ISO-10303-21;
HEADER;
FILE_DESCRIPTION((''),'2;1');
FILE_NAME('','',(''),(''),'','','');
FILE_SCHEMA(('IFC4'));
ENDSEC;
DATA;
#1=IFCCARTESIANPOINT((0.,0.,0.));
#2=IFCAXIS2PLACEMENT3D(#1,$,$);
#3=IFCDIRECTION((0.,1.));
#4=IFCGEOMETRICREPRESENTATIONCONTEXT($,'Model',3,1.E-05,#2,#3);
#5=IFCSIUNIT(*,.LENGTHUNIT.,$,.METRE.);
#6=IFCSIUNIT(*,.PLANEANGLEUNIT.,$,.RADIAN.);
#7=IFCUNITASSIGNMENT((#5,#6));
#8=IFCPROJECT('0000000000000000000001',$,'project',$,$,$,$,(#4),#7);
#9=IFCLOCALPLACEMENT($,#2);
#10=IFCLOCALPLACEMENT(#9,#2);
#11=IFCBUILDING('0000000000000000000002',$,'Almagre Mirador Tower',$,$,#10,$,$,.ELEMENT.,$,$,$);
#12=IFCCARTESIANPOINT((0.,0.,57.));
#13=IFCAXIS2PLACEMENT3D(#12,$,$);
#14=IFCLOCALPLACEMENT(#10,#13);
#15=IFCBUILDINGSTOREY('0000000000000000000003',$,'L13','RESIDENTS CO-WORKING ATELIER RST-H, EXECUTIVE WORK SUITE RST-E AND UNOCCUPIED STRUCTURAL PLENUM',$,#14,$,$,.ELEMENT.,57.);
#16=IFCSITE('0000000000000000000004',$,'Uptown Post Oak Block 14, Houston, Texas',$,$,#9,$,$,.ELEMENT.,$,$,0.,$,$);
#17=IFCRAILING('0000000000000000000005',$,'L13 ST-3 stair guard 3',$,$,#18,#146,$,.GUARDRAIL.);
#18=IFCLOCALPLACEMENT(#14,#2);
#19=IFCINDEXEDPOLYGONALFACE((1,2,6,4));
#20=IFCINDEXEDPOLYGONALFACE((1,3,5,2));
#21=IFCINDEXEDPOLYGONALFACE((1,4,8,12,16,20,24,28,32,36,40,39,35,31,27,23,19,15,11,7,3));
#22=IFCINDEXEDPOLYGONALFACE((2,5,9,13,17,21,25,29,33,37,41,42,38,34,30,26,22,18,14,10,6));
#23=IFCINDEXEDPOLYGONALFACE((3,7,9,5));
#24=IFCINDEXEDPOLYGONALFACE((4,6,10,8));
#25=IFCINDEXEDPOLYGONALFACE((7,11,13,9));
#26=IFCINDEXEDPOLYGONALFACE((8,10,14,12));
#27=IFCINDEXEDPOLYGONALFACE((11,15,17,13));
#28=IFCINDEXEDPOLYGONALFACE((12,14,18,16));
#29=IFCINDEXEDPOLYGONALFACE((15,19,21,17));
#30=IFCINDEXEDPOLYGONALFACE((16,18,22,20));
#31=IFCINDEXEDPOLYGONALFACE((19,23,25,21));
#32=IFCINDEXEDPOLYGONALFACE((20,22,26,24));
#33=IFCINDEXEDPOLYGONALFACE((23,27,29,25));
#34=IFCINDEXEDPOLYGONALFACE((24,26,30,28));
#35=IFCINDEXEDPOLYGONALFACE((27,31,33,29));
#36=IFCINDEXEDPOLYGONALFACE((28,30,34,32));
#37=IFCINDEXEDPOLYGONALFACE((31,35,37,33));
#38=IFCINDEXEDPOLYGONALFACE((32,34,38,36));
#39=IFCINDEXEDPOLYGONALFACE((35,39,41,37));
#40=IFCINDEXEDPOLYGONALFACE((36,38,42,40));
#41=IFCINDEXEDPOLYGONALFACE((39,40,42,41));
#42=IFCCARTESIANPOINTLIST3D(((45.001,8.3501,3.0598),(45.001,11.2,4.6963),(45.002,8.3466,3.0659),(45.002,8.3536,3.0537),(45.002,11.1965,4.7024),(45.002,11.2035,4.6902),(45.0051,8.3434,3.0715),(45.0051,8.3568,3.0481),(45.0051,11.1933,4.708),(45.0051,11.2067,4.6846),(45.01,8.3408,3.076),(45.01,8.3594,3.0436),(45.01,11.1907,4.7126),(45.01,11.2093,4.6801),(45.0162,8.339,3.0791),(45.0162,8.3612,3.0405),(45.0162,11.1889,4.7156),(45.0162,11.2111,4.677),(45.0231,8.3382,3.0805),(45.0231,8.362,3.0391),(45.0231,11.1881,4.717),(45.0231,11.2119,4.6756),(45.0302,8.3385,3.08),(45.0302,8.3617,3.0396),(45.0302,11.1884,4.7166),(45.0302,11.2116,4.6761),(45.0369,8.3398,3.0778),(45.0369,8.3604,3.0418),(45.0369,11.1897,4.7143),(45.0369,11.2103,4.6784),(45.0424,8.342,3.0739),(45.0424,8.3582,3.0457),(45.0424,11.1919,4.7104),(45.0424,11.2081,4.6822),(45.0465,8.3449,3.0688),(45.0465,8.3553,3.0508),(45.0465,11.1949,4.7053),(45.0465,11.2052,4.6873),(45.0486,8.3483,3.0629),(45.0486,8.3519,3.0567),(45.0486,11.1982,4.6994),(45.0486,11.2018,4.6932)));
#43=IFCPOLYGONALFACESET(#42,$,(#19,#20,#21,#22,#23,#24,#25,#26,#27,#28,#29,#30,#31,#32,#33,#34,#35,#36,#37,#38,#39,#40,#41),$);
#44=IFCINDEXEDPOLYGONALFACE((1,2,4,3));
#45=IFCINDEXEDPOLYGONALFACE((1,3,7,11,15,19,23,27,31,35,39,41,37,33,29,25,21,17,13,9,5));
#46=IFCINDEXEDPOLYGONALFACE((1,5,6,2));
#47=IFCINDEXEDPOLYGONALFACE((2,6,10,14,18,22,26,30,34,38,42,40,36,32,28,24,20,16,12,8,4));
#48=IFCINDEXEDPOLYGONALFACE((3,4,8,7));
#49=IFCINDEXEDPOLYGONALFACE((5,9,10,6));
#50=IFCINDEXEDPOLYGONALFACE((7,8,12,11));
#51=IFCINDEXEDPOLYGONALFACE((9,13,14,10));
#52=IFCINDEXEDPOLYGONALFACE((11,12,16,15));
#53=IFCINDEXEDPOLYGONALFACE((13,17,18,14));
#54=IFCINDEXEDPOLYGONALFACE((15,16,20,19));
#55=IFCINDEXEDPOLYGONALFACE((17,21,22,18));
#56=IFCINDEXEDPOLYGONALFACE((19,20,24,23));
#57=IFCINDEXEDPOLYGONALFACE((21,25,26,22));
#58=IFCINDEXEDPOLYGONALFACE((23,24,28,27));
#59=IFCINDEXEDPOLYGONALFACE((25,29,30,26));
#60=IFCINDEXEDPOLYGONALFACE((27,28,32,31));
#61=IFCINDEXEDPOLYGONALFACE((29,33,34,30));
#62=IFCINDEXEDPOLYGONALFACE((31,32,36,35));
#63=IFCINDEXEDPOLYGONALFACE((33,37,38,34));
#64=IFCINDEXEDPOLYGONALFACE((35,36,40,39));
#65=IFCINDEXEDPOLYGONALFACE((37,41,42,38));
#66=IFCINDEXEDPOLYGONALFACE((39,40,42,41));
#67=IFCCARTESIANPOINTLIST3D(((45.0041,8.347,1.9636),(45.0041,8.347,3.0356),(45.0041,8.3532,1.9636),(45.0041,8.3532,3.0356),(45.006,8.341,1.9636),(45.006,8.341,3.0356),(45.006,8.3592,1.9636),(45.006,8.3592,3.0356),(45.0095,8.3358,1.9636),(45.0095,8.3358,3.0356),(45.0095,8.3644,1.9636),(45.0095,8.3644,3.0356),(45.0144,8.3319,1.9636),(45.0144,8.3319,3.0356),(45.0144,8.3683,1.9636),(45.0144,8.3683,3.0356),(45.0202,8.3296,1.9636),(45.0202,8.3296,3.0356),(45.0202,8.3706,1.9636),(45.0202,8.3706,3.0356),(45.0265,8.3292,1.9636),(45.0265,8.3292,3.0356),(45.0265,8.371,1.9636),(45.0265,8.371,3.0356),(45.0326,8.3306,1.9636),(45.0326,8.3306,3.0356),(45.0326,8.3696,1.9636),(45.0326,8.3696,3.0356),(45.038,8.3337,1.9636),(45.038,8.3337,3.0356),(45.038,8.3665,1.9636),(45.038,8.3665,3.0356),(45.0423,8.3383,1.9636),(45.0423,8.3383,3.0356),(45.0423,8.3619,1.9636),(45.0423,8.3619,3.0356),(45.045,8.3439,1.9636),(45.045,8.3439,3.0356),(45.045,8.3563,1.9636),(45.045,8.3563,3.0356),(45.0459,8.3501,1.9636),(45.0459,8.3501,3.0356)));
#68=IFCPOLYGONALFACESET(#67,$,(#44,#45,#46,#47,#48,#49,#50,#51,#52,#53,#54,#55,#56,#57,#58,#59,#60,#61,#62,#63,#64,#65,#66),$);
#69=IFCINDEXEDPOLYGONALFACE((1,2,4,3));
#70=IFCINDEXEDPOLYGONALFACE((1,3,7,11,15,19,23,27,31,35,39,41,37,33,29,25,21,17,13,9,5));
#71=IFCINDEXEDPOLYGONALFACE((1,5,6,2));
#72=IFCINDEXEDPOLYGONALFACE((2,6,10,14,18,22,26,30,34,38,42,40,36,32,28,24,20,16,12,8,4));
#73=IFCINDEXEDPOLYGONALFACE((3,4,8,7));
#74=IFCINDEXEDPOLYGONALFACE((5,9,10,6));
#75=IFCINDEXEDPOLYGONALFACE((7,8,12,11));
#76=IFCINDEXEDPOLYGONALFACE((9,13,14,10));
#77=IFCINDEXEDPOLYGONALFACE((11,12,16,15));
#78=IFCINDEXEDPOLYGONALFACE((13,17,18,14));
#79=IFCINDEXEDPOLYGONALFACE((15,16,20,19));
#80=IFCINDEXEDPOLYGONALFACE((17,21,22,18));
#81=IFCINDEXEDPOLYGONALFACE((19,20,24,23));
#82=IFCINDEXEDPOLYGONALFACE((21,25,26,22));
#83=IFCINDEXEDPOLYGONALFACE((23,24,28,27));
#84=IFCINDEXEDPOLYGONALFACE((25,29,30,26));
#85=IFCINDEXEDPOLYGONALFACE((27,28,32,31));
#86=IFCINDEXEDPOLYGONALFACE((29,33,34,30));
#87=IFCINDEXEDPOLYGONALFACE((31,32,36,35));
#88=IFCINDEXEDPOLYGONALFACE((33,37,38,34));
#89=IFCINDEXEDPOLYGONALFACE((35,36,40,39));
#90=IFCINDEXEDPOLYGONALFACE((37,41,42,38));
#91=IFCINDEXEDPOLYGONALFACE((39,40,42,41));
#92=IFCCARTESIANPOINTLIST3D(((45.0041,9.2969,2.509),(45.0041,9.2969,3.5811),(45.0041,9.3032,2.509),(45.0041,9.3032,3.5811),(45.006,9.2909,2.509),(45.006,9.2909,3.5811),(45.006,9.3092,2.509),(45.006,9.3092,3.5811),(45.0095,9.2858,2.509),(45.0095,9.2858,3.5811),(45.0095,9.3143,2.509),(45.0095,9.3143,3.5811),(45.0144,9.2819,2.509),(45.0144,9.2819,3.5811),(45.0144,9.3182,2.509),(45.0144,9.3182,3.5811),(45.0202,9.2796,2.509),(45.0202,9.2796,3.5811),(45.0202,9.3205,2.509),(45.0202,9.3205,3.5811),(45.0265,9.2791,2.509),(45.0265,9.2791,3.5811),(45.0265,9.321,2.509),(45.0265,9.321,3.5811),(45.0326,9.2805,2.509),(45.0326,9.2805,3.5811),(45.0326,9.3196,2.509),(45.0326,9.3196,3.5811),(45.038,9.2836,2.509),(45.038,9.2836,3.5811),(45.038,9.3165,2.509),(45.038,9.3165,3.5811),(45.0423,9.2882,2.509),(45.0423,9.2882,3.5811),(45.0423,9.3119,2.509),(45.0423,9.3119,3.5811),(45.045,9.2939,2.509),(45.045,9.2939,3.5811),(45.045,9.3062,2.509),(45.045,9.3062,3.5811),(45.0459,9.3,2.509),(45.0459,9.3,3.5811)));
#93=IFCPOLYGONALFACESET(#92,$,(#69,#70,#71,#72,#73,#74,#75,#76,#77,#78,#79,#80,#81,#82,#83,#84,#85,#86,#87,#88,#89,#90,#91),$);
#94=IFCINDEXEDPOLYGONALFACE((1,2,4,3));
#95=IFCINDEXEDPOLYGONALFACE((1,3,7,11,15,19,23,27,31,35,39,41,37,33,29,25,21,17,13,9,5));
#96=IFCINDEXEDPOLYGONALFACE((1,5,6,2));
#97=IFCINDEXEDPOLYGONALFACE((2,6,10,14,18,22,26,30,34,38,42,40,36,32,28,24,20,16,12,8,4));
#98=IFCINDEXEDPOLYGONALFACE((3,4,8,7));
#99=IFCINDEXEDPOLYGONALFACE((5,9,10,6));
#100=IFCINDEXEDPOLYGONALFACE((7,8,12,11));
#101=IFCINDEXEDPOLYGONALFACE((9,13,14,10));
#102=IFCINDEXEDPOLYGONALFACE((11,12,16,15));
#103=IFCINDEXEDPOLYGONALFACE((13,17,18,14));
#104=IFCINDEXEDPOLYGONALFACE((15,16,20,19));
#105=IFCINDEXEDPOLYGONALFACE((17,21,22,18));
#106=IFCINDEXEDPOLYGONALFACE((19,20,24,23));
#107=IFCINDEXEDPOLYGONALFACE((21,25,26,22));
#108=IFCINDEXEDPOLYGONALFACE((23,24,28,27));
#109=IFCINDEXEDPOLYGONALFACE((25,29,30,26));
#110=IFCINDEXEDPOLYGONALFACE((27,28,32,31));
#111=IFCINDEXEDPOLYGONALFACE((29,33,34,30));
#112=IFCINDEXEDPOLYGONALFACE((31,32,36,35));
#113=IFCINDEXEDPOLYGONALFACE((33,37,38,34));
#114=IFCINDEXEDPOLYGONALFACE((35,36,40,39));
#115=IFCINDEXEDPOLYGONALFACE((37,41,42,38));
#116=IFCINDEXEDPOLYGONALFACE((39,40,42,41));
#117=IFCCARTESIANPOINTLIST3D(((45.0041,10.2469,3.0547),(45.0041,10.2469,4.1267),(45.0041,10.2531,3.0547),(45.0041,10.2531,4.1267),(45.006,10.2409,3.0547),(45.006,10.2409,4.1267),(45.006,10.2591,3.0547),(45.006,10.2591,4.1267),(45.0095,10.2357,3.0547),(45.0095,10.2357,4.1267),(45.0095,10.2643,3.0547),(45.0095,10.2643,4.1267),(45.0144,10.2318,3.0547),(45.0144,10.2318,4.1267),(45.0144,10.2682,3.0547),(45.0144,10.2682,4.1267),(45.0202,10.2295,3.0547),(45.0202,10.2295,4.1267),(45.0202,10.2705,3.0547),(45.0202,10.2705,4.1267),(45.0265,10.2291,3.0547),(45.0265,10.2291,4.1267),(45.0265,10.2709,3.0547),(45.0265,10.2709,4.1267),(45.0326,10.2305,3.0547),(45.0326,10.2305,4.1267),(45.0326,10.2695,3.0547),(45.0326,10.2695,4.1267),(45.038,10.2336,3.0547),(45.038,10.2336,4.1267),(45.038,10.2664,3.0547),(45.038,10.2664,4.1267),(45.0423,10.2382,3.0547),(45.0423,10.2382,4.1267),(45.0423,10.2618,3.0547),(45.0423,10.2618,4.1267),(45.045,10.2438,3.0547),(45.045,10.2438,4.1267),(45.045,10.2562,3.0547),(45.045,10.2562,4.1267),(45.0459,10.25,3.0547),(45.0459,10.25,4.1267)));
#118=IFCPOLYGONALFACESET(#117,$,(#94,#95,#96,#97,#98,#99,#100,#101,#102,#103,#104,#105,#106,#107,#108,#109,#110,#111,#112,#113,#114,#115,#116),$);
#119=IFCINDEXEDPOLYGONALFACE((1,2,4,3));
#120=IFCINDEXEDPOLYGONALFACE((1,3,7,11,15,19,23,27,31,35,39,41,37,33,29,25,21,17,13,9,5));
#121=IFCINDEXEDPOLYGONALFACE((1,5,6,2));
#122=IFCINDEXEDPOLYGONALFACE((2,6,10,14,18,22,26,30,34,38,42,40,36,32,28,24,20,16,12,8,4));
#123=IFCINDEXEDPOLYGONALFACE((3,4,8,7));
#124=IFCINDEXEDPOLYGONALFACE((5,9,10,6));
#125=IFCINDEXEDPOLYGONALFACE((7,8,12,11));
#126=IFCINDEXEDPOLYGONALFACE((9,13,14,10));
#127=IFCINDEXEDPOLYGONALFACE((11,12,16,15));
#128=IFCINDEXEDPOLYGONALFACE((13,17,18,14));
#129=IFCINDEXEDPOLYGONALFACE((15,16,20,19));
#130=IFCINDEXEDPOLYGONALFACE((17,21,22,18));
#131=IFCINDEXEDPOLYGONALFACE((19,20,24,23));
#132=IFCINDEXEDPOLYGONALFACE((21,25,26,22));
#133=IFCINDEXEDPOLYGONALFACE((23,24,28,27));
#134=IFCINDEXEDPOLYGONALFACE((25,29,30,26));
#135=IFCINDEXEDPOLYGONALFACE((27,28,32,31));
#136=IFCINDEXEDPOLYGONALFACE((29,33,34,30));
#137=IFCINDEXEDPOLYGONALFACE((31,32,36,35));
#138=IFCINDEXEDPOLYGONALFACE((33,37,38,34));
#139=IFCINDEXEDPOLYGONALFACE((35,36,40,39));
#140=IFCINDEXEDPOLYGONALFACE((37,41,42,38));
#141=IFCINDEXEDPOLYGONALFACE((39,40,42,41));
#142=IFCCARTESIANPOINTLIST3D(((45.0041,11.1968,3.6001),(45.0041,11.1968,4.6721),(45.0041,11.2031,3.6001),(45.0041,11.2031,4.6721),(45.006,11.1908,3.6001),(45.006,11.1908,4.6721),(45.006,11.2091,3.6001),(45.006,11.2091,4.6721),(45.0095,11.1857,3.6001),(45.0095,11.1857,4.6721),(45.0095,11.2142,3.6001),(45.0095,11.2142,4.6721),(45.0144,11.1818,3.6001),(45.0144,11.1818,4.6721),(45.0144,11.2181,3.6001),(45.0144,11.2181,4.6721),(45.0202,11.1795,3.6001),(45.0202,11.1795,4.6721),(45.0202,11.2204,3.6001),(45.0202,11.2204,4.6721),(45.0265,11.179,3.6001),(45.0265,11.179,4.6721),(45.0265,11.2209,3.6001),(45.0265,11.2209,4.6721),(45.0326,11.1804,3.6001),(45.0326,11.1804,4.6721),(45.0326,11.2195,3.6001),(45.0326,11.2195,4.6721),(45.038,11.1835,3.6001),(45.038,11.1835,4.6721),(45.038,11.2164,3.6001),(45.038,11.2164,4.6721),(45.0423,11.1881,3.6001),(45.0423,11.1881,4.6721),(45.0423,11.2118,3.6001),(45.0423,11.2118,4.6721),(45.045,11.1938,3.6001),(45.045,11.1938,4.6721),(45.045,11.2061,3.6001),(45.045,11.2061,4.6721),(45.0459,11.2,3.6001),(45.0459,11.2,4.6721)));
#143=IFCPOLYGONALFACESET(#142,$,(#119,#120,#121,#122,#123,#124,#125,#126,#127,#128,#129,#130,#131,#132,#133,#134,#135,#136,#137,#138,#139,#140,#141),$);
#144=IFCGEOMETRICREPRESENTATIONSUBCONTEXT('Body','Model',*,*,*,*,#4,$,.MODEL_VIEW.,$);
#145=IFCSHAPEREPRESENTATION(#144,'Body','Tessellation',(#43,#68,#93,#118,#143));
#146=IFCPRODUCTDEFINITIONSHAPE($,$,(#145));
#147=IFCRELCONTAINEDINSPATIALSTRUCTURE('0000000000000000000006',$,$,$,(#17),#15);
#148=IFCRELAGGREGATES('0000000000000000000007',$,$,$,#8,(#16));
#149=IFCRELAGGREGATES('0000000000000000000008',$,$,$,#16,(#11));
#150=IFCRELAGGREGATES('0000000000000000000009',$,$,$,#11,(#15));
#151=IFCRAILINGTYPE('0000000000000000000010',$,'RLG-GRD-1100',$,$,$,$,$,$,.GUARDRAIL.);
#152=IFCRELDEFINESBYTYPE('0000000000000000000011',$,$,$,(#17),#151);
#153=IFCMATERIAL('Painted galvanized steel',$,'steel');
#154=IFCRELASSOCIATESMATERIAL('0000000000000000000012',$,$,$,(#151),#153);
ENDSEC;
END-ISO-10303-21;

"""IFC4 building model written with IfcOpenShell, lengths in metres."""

from ifc_helpers import new_model, si_unit, direction, frame, origin, origin_2d, place, context, subcontext, project, spatial, circle, extrude, material, type_object, element, save


model = new_model("IFC4")

# Units and contexts
model_context = context("Model", 3, precision=1e-05, world=origin(), true_north=direction((0.0, 1.0)))
body_context = subcontext(model_context, "Body", "Model", "MODEL_VIEW")
ifc_project = project(units=[si_unit("LENGTHUNIT", "METRE"), si_unit("PLANEANGLEUNIT", "RADIAN")], contexts=[model_context])

# Site, building, storey
site_placement = place(None, origin())
site = spatial("IfcSite", under=ifc_project, at=site_placement, Name="Uptown Post Oak Block 14, Houston, Texas", CompositionType="ELEMENT", RefElevation=0.0)
building_placement = place(site_placement, origin())
building = spatial("IfcBuilding", under=site, at=building_placement, Name="Almagre Mirador Tower", CompositionType="ELEMENT")
storey_placement = place(building_placement, frame((0.0, 0.0, 57.0)))
storey = spatial("IfcBuildingStorey", under=building, at=storey_placement, Name="L13", Description="RESIDENTS CO-WORKING ATELIER RST-H, EXECUTIVE WORK SUITE RST-E AND UNOCCUPIED STRUCTURAL PLENUM", CompositionType="ELEMENT", Elevation=57.0)

# Railing
ifc_material_1 = material(Name="Painted galvanized steel", Category="steel")
railing_type_1 = type_object("IfcRailingType", Name="RLG-GRD-1100", PredefinedType="GUARDRAIL", material=ifc_material_1)
railing_1_placement = place(storey_placement, frame((45.0249, 8.3501, 1.9636)))
element("IfcRailing", 1, at=railing_1_placement, inside=storey, type_object=railing_type_1, Name="L13 ST-3 stair guard 3", PredefinedType="GUARDRAIL", context=body_context, shape_type="SweptSolid", body=[
    extrude(circle(Radius=0.0239, at=origin_2d()), frame((0.0, 0.0, 1.0962), z_axis=(0.0, 0.867194, 0.49797), x_axis=(-1.0, 0.0, 0.0)), (0.0, 0.0, 1.0), 3.2864),
    extrude(circle(Radius=0.021, at=origin_2d()), origin(), (0.0, 0.0, 1.0), 1.072),
    extrude(circle(Radius=0.021, at=origin_2d()), frame((0.0, 0.95, 0.5454)), (0.0, 0.0, 1.0), 1.072),
    extrude(circle(Radius=0.021, at=origin_2d()), frame((0.0, 1.8999, 1.0911)), (0.0, 0.0, 1.0), 1.072),
    extrude(circle(Radius=0.021, at=origin_2d()), frame((0.0, 2.8499, 1.6365)), (0.0, 0.0, 1.0), 1.072),
])

save(model, "model.ifc")
